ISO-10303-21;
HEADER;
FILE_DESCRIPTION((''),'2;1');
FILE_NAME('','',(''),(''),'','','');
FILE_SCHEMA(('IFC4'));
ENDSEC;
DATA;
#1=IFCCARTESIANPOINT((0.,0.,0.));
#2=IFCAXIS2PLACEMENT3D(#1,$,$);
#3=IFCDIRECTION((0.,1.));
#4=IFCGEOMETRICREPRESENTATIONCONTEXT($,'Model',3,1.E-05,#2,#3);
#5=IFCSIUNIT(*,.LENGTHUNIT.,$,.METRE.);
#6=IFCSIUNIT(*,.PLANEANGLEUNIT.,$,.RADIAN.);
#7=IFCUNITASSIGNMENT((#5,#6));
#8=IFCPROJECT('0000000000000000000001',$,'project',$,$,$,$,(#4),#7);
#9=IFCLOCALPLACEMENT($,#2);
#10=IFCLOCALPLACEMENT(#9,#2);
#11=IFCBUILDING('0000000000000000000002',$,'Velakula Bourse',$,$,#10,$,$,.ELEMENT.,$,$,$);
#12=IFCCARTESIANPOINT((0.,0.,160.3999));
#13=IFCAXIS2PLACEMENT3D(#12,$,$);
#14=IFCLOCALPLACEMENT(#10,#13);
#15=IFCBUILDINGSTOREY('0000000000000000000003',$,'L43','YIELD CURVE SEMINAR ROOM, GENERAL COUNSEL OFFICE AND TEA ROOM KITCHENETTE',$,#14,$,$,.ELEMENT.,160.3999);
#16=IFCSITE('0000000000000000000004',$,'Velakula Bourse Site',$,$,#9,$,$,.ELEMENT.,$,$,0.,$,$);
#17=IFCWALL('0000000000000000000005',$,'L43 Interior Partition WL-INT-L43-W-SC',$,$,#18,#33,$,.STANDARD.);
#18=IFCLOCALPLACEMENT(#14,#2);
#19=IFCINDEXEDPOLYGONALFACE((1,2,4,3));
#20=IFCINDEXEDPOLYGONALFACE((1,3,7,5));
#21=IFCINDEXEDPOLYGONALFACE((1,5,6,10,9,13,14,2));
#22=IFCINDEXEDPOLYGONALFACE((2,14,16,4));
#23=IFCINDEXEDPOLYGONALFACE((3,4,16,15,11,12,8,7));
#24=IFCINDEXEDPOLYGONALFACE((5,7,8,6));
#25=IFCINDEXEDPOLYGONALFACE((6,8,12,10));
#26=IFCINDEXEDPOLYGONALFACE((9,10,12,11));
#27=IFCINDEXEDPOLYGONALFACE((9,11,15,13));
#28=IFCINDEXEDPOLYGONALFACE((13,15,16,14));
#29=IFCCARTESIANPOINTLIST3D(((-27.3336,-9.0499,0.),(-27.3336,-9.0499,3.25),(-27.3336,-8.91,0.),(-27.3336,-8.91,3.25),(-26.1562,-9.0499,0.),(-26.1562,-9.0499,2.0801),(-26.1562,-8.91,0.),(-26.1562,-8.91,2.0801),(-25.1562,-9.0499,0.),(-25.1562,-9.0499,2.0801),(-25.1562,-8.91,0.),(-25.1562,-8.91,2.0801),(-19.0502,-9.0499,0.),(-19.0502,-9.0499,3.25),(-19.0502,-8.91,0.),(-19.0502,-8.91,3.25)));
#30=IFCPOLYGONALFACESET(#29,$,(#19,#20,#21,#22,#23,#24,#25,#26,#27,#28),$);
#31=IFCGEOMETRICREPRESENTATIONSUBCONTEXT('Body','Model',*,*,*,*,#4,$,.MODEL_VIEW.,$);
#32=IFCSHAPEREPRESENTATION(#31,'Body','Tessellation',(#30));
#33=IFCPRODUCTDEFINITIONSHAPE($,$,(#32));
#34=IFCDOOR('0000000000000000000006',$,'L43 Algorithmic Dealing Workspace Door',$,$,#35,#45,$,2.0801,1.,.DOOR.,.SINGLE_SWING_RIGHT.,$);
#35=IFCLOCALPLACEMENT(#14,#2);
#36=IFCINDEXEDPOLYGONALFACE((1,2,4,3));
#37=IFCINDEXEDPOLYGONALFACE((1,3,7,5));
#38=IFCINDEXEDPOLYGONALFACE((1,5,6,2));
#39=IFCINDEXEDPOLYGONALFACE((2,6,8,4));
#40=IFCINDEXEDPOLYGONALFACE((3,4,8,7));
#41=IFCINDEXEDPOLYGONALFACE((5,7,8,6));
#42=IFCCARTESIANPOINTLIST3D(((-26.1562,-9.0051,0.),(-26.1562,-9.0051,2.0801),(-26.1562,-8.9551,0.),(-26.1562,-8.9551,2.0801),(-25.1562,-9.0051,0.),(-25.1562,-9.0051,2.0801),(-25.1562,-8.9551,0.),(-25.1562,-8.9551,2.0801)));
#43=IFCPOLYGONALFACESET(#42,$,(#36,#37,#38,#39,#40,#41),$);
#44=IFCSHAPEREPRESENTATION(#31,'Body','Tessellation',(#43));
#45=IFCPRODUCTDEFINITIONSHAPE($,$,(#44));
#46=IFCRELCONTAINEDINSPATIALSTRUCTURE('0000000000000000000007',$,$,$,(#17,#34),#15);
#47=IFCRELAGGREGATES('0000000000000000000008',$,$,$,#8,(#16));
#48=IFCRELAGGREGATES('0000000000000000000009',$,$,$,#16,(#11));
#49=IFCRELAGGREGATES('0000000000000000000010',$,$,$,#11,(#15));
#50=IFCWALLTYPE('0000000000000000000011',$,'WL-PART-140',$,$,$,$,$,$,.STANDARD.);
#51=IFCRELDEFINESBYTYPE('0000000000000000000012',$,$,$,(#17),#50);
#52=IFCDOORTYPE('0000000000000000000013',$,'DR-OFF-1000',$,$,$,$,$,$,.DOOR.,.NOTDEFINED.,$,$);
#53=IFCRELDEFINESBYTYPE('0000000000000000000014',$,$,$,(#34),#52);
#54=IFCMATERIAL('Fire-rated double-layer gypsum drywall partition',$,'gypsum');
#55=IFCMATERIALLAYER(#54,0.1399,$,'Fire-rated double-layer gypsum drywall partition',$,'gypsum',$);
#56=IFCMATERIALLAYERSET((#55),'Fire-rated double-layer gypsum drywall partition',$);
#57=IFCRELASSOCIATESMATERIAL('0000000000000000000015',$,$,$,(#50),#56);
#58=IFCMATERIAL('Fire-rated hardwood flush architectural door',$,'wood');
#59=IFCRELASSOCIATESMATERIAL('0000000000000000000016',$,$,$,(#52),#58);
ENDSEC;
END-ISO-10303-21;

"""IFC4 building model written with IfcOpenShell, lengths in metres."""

from ifc_helpers import new_model, si_unit, direction, frame, frame_2d, origin, place, context, subcontext, project, spatial, rectangle, extrude, material, layer, layer_set, type_object, element, fill, save


model = new_model("IFC4")

# Units and contexts
model_context = context("Model", 3, precision=1e-05, world=origin(), true_north=direction((0.0, 1.0)))
body_context = subcontext(model_context, "Body", "Model", "MODEL_VIEW")
ifc_project = project(units=[si_unit("LENGTHUNIT", "METRE"), si_unit("PLANEANGLEUNIT", "RADIAN")], contexts=[model_context])

# Site, building, storey
site_placement = place(None, origin())
site = spatial("IfcSite", under=ifc_project, at=site_placement, Name="Velakula Bourse Site", CompositionType="ELEMENT", RefElevation=0.0)
building_placement = place(site_placement, origin())
building = spatial("IfcBuilding", under=site, at=building_placement, Name="Velakula Bourse", CompositionType="ELEMENT")
storey_placement = place(building_placement, frame((0.0, 0.0, 160.3999)))
storey = spatial("IfcBuildingStorey", under=building, at=storey_placement, Name="L43", Description="YIELD CURVE SEMINAR ROOM, GENERAL COUNSEL OFFICE AND TEA ROOM KITCHENETTE", CompositionType="ELEMENT", Elevation=160.3999)

# Shared definitions
ifc_material_1 = material(Name="Fire-rated double-layer gypsum drywall partition", Category="gypsum")
ifc_layer_1 = layer(ifc_material_1, 0.1399, Name="Fire-rated double-layer gypsum drywall partition", Category="gypsum")
ifc_layer_set_1 = layer_set([ifc_layer_1], Name="Fire-rated double-layer gypsum drywall partition")
wall_type_1 = type_object("IfcWallType", Name="WL-PART-140", PredefinedType="STANDARD", material=ifc_layer_set_1)
ifc_material_2 = material(Name="Fire-rated hardwood flush architectural door", Category="wood")
door_type_1 = type_object("IfcDoorType", Name="DR-OFF-1000", OperationType="NOTDEFINED", PredefinedType="DOOR", material=ifc_material_2)

# Wall, opening, door
wall_1_placement = place(storey_placement, frame((-27.3335, -8.98, 0.0), z_axis=(0.0, 0.0, 1.0), x_axis=(1.0, 0.0, 0.0)))
wall_1 = element("IfcWall", 1, at=wall_1_placement, inside=storey, type_object=wall_type_1, Name="L43 Interior Partition WL-INT-L43-W-SC", PredefinedType="STANDARD", context=body_context, shape_type="SweptSolid", body=[
    extrude(rectangle(XDim=8.2834, YDim=0.1399, at=frame_2d((4.1416, 0.0))), origin(), (0.0, 0.0, 1.0), 3.25),
])
opening_1_placement = place(wall_1_placement, frame((1.1772, 0.0, 0.0)))
opening_1 = element("IfcOpeningElement", 2, at=opening_1_placement, cuts=wall_1, PredefinedType="OPENING", context=body_context, shape_type="SweptSolid", body=[
    extrude(rectangle(XDim=1.0, YDim=2.0801, at=frame_2d((0.5, 1.04))), frame((0.0, 0.0798, 0.0), z_axis=(0.0, -1.0, 0.0), x_axis=(1.0, 0.0, 0.0)), (0.0, 0.0, 1.0), 0.1599),
])
door_1_placement = place(opening_1_placement, origin())
door_1 = element("IfcDoor", 3, at=door_1_placement, inside=storey, type_object=door_type_1, Name="L43 Algorithmic Dealing Workspace Door", OperationType="SINGLE_SWING_RIGHT", OverallHeight=2.0801, OverallWidth=1.0, PredefinedType="DOOR", context=body_context, shape_type="SweptSolid", body=[
    extrude(rectangle(XDim=1.0, YDim=2.0801, at=frame_2d((0.5, 1.04))), frame((0.0, 0.0249, 0.0), z_axis=(0.0, -1.0, 0.0), x_axis=(1.0, 0.0, 0.0)), (0.0, 0.0, 1.0), 0.05),
])
fill(opening_1, door_1)

save(model, "model.ifc")
